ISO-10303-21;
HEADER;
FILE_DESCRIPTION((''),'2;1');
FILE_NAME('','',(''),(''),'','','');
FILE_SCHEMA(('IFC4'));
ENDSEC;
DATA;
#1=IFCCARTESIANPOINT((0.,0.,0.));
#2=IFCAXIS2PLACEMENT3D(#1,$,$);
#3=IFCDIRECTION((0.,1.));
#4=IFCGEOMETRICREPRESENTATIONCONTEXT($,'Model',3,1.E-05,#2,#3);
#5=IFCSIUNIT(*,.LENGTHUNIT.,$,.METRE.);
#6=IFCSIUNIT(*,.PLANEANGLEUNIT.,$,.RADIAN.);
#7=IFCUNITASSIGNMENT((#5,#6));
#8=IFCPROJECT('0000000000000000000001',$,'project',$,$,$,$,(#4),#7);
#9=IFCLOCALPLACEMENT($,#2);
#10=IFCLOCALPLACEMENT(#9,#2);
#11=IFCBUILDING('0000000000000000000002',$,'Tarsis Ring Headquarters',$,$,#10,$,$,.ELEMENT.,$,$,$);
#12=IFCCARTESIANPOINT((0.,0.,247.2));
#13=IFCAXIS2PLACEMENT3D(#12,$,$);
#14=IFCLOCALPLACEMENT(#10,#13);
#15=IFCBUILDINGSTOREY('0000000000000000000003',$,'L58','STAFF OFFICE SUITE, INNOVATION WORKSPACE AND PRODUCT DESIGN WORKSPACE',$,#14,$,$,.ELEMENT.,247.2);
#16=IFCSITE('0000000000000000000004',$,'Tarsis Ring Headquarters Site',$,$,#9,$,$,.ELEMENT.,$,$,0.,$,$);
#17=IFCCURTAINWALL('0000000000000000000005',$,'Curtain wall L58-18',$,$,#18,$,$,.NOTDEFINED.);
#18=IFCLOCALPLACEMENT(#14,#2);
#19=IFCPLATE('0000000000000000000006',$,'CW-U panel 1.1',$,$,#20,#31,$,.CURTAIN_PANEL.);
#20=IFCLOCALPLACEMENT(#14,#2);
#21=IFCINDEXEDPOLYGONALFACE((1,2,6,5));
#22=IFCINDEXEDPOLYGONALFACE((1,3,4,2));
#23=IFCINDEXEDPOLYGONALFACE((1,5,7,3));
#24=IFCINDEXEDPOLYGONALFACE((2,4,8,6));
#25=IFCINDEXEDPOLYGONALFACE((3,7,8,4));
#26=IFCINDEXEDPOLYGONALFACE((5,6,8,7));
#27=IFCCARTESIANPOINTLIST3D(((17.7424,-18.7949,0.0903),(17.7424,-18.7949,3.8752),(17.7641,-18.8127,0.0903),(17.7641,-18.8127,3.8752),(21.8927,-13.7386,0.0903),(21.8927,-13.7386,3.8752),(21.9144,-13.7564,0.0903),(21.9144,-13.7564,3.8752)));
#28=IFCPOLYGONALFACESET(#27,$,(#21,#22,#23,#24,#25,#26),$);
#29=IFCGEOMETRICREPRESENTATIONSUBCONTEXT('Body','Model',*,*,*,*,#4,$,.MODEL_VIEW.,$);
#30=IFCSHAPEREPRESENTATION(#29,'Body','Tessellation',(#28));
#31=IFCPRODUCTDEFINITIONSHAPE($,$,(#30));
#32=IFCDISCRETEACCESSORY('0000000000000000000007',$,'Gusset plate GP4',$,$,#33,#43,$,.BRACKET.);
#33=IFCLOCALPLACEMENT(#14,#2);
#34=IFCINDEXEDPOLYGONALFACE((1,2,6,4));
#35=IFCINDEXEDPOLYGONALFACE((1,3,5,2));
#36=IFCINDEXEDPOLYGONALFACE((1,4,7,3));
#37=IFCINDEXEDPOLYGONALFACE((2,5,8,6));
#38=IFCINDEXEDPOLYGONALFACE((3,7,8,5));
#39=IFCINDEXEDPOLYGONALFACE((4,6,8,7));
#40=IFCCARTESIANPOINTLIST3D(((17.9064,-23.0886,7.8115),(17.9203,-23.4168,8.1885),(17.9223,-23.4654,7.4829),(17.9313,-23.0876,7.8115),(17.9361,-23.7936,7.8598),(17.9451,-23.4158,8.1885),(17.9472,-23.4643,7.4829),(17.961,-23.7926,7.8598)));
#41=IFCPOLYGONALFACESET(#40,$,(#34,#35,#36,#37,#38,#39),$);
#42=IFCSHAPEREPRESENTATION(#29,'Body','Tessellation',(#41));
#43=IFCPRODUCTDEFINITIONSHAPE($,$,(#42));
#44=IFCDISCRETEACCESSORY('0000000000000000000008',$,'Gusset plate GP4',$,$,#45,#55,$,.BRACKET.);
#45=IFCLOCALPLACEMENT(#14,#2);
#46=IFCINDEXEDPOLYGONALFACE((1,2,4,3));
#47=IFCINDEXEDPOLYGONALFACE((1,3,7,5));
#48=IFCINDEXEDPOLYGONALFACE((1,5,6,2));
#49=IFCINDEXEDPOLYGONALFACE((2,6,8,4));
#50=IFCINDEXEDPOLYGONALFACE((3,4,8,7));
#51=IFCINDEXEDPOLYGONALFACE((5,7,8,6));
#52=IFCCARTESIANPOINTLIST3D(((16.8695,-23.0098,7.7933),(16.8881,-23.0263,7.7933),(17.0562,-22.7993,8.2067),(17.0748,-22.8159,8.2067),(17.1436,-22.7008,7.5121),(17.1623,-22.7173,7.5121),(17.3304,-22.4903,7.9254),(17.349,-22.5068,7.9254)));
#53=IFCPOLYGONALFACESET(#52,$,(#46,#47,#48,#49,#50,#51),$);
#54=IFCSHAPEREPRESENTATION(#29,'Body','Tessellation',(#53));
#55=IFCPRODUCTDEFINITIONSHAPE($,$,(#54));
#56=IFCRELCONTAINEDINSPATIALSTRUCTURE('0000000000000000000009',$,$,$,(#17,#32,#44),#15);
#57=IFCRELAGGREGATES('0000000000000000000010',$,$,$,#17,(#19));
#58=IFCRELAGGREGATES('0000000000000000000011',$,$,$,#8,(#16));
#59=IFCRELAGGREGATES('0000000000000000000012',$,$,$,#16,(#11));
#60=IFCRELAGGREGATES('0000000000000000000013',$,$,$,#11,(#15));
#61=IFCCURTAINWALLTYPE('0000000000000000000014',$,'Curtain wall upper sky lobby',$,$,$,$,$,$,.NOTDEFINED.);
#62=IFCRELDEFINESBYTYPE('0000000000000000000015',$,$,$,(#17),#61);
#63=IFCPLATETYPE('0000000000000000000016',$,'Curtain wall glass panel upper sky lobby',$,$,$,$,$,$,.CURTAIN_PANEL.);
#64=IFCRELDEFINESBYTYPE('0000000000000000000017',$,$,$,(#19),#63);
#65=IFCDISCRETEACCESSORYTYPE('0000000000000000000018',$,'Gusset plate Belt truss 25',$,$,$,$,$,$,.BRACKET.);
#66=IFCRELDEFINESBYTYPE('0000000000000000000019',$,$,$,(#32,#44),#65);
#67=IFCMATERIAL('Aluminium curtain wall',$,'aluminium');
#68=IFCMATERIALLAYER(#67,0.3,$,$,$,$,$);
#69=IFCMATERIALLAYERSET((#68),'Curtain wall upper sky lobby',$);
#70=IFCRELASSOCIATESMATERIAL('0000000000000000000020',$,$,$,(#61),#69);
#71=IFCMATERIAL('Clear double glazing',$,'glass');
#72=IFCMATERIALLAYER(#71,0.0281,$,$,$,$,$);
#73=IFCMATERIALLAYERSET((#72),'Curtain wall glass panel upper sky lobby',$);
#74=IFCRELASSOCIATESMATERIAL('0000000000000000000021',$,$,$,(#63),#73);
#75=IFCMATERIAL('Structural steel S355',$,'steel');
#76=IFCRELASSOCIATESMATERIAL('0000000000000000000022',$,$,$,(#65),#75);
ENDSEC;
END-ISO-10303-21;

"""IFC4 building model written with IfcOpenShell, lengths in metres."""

from ifc_helpers import new_model, si_unit, direction, frame, origin, origin_2d, place, context, subcontext, project, spatial, rectangle, extrude, material, layer, layer_set, material_profile, profile_set, type_object, element, aggregate, save


model = new_model("IFC4")

# Units and contexts
model_context = context("Model", 3, precision=1e-05, world=origin(), true_north=direction((0.0, 1.0)))
body_context = subcontext(model_context, "Body", "Model", "MODEL_VIEW")
ifc_project = project(units=[si_unit("LENGTHUNIT", "METRE"), si_unit("PLANEANGLEUNIT", "RADIAN")], contexts=[model_context])

# Site, building, storey
site_placement = place(None, origin())
site = spatial("IfcSite", under=ifc_project, at=site_placement, Name="Tarsis Ring Headquarters Site", CompositionType="ELEMENT", RefElevation=0.0)
building_placement = place(site_placement, origin())
building = spatial("IfcBuilding", under=site, at=building_placement, Name="Tarsis Ring Headquarters", CompositionType="ELEMENT")
storey_placement = place(building_placement, frame((0.0, 0.0, 247.2)))
storey = spatial("IfcBuildingStorey", under=building, at=storey_placement, Name="L58", Description="STAFF OFFICE SUITE, INNOVATION WORKSPACE AND PRODUCT DESIGN WORKSPACE", CompositionType="ELEMENT", Elevation=247.2)

# Shared definitions
ifc_material_1 = material(Name="Structural steel S355", Category="steel")

# Curtain wall
ifc_material_2 = material(Name="Aluminium curtain wall", Category="aluminium")
ifc_layer_1 = layer(ifc_material_2, 0.3)
ifc_layer_set_1 = layer_set([ifc_layer_1], Name="Curtain wall upper sky lobby")
curtain_wall_type = type_object("IfcCurtainWallType", Name="Curtain wall upper sky lobby", PredefinedType="NOTDEFINED", material=ifc_layer_set_1)
curtain_wall_1_placement = place(storey_placement, origin())
curtain_wall_1 = element("IfcCurtainWall", 1, at=curtain_wall_1_placement, inside=storey, type_object=curtain_wall_type, Name="Curtain wall L58-18", PredefinedType="NOTDEFINED")

# Plate
ifc_material_3 = material(Name="Clear double glazing", Category="glass")
ifc_layer_2 = layer(ifc_material_3, 0.0281)
ifc_layer_set_2 = layer_set([ifc_layer_2], Name="Curtain wall glass panel upper sky lobby")
plate_type = type_object("IfcPlateType", Name="Curtain wall glass panel upper sky lobby", PredefinedType="CURTAIN_PANEL", material=ifc_layer_set_2)
plate_1_placement = place(storey_placement, frame((19.8284, -16.2756, 0.0903), z_axis=(0.0, 0.0, 1.0), x_axis=(0.634461, 0.772955, 0.0)))
plate_1 = element("IfcPlate", 2, at=plate_1_placement, type_object=plate_type, Name="CW-U panel 1.1", PredefinedType="CURTAIN_PANEL", context=body_context, shape_type="SweptSolid", body=[
    extrude(rectangle(XDim=6.5415, YDim=0.0281, at=origin_2d()), origin(), (0.0, 0.0, 1.0), 3.7849),
])
aggregate(curtain_wall_1, [plate_1])

# Discrete accessories
ifc_material_profile_1 = material_profile(ifc_material_1, rectangle(XDim=0.0249, YDim=0.5, at=origin_2d()), Name="PL 25x500")
ifc_profile_set_1 = profile_set([ifc_material_profile_1], Name="Structural steel S355")
discrete_accessory_type = type_object("IfcDiscreteAccessoryType", Name="Gusset plate Belt truss 25", PredefinedType="BRACKET", material=ifc_profile_set_1)
discrete_accessory_1_placement = place(storey_placement, frame((17.9258, -23.2522, 8.0), z_axis=(0.031729, -0.753195, -0.657032), x_axis=(0.999114, 0.042088, 0.0)))
element("IfcDiscreteAccessory", 3, at=discrete_accessory_1_placement, inside=storey, type_object=discrete_accessory_type, Name="Gusset plate GP4", PredefinedType="BRACKET", context=body_context, shape_type="SweptSolid", body=[
    extrude(rectangle(XDim=0.0249, YDim=0.5, at=origin_2d()), origin(), (0.0, 0.0, 1.0), 0.5002),
])
discrete_accessory_2_placement = place(storey_placement, frame((16.9722, -22.9128, 8.0), z_axis=(0.548557, 0.618408, -0.562722), x_axis=(-0.748094, 0.663593, 0.0)))
element("IfcDiscreteAccessory", 4, at=discrete_accessory_2_placement, inside=storey, type_object=discrete_accessory_type, Name="Gusset plate GP4", PredefinedType="BRACKET", context=body_context, shape_type="SweptSolid", body=[
    extrude(rectangle(XDim=0.0249, YDim=0.5, at=origin_2d()), origin(), (0.0, 0.0, 1.0), 0.4998),
])

save(model, "model.ifc")
